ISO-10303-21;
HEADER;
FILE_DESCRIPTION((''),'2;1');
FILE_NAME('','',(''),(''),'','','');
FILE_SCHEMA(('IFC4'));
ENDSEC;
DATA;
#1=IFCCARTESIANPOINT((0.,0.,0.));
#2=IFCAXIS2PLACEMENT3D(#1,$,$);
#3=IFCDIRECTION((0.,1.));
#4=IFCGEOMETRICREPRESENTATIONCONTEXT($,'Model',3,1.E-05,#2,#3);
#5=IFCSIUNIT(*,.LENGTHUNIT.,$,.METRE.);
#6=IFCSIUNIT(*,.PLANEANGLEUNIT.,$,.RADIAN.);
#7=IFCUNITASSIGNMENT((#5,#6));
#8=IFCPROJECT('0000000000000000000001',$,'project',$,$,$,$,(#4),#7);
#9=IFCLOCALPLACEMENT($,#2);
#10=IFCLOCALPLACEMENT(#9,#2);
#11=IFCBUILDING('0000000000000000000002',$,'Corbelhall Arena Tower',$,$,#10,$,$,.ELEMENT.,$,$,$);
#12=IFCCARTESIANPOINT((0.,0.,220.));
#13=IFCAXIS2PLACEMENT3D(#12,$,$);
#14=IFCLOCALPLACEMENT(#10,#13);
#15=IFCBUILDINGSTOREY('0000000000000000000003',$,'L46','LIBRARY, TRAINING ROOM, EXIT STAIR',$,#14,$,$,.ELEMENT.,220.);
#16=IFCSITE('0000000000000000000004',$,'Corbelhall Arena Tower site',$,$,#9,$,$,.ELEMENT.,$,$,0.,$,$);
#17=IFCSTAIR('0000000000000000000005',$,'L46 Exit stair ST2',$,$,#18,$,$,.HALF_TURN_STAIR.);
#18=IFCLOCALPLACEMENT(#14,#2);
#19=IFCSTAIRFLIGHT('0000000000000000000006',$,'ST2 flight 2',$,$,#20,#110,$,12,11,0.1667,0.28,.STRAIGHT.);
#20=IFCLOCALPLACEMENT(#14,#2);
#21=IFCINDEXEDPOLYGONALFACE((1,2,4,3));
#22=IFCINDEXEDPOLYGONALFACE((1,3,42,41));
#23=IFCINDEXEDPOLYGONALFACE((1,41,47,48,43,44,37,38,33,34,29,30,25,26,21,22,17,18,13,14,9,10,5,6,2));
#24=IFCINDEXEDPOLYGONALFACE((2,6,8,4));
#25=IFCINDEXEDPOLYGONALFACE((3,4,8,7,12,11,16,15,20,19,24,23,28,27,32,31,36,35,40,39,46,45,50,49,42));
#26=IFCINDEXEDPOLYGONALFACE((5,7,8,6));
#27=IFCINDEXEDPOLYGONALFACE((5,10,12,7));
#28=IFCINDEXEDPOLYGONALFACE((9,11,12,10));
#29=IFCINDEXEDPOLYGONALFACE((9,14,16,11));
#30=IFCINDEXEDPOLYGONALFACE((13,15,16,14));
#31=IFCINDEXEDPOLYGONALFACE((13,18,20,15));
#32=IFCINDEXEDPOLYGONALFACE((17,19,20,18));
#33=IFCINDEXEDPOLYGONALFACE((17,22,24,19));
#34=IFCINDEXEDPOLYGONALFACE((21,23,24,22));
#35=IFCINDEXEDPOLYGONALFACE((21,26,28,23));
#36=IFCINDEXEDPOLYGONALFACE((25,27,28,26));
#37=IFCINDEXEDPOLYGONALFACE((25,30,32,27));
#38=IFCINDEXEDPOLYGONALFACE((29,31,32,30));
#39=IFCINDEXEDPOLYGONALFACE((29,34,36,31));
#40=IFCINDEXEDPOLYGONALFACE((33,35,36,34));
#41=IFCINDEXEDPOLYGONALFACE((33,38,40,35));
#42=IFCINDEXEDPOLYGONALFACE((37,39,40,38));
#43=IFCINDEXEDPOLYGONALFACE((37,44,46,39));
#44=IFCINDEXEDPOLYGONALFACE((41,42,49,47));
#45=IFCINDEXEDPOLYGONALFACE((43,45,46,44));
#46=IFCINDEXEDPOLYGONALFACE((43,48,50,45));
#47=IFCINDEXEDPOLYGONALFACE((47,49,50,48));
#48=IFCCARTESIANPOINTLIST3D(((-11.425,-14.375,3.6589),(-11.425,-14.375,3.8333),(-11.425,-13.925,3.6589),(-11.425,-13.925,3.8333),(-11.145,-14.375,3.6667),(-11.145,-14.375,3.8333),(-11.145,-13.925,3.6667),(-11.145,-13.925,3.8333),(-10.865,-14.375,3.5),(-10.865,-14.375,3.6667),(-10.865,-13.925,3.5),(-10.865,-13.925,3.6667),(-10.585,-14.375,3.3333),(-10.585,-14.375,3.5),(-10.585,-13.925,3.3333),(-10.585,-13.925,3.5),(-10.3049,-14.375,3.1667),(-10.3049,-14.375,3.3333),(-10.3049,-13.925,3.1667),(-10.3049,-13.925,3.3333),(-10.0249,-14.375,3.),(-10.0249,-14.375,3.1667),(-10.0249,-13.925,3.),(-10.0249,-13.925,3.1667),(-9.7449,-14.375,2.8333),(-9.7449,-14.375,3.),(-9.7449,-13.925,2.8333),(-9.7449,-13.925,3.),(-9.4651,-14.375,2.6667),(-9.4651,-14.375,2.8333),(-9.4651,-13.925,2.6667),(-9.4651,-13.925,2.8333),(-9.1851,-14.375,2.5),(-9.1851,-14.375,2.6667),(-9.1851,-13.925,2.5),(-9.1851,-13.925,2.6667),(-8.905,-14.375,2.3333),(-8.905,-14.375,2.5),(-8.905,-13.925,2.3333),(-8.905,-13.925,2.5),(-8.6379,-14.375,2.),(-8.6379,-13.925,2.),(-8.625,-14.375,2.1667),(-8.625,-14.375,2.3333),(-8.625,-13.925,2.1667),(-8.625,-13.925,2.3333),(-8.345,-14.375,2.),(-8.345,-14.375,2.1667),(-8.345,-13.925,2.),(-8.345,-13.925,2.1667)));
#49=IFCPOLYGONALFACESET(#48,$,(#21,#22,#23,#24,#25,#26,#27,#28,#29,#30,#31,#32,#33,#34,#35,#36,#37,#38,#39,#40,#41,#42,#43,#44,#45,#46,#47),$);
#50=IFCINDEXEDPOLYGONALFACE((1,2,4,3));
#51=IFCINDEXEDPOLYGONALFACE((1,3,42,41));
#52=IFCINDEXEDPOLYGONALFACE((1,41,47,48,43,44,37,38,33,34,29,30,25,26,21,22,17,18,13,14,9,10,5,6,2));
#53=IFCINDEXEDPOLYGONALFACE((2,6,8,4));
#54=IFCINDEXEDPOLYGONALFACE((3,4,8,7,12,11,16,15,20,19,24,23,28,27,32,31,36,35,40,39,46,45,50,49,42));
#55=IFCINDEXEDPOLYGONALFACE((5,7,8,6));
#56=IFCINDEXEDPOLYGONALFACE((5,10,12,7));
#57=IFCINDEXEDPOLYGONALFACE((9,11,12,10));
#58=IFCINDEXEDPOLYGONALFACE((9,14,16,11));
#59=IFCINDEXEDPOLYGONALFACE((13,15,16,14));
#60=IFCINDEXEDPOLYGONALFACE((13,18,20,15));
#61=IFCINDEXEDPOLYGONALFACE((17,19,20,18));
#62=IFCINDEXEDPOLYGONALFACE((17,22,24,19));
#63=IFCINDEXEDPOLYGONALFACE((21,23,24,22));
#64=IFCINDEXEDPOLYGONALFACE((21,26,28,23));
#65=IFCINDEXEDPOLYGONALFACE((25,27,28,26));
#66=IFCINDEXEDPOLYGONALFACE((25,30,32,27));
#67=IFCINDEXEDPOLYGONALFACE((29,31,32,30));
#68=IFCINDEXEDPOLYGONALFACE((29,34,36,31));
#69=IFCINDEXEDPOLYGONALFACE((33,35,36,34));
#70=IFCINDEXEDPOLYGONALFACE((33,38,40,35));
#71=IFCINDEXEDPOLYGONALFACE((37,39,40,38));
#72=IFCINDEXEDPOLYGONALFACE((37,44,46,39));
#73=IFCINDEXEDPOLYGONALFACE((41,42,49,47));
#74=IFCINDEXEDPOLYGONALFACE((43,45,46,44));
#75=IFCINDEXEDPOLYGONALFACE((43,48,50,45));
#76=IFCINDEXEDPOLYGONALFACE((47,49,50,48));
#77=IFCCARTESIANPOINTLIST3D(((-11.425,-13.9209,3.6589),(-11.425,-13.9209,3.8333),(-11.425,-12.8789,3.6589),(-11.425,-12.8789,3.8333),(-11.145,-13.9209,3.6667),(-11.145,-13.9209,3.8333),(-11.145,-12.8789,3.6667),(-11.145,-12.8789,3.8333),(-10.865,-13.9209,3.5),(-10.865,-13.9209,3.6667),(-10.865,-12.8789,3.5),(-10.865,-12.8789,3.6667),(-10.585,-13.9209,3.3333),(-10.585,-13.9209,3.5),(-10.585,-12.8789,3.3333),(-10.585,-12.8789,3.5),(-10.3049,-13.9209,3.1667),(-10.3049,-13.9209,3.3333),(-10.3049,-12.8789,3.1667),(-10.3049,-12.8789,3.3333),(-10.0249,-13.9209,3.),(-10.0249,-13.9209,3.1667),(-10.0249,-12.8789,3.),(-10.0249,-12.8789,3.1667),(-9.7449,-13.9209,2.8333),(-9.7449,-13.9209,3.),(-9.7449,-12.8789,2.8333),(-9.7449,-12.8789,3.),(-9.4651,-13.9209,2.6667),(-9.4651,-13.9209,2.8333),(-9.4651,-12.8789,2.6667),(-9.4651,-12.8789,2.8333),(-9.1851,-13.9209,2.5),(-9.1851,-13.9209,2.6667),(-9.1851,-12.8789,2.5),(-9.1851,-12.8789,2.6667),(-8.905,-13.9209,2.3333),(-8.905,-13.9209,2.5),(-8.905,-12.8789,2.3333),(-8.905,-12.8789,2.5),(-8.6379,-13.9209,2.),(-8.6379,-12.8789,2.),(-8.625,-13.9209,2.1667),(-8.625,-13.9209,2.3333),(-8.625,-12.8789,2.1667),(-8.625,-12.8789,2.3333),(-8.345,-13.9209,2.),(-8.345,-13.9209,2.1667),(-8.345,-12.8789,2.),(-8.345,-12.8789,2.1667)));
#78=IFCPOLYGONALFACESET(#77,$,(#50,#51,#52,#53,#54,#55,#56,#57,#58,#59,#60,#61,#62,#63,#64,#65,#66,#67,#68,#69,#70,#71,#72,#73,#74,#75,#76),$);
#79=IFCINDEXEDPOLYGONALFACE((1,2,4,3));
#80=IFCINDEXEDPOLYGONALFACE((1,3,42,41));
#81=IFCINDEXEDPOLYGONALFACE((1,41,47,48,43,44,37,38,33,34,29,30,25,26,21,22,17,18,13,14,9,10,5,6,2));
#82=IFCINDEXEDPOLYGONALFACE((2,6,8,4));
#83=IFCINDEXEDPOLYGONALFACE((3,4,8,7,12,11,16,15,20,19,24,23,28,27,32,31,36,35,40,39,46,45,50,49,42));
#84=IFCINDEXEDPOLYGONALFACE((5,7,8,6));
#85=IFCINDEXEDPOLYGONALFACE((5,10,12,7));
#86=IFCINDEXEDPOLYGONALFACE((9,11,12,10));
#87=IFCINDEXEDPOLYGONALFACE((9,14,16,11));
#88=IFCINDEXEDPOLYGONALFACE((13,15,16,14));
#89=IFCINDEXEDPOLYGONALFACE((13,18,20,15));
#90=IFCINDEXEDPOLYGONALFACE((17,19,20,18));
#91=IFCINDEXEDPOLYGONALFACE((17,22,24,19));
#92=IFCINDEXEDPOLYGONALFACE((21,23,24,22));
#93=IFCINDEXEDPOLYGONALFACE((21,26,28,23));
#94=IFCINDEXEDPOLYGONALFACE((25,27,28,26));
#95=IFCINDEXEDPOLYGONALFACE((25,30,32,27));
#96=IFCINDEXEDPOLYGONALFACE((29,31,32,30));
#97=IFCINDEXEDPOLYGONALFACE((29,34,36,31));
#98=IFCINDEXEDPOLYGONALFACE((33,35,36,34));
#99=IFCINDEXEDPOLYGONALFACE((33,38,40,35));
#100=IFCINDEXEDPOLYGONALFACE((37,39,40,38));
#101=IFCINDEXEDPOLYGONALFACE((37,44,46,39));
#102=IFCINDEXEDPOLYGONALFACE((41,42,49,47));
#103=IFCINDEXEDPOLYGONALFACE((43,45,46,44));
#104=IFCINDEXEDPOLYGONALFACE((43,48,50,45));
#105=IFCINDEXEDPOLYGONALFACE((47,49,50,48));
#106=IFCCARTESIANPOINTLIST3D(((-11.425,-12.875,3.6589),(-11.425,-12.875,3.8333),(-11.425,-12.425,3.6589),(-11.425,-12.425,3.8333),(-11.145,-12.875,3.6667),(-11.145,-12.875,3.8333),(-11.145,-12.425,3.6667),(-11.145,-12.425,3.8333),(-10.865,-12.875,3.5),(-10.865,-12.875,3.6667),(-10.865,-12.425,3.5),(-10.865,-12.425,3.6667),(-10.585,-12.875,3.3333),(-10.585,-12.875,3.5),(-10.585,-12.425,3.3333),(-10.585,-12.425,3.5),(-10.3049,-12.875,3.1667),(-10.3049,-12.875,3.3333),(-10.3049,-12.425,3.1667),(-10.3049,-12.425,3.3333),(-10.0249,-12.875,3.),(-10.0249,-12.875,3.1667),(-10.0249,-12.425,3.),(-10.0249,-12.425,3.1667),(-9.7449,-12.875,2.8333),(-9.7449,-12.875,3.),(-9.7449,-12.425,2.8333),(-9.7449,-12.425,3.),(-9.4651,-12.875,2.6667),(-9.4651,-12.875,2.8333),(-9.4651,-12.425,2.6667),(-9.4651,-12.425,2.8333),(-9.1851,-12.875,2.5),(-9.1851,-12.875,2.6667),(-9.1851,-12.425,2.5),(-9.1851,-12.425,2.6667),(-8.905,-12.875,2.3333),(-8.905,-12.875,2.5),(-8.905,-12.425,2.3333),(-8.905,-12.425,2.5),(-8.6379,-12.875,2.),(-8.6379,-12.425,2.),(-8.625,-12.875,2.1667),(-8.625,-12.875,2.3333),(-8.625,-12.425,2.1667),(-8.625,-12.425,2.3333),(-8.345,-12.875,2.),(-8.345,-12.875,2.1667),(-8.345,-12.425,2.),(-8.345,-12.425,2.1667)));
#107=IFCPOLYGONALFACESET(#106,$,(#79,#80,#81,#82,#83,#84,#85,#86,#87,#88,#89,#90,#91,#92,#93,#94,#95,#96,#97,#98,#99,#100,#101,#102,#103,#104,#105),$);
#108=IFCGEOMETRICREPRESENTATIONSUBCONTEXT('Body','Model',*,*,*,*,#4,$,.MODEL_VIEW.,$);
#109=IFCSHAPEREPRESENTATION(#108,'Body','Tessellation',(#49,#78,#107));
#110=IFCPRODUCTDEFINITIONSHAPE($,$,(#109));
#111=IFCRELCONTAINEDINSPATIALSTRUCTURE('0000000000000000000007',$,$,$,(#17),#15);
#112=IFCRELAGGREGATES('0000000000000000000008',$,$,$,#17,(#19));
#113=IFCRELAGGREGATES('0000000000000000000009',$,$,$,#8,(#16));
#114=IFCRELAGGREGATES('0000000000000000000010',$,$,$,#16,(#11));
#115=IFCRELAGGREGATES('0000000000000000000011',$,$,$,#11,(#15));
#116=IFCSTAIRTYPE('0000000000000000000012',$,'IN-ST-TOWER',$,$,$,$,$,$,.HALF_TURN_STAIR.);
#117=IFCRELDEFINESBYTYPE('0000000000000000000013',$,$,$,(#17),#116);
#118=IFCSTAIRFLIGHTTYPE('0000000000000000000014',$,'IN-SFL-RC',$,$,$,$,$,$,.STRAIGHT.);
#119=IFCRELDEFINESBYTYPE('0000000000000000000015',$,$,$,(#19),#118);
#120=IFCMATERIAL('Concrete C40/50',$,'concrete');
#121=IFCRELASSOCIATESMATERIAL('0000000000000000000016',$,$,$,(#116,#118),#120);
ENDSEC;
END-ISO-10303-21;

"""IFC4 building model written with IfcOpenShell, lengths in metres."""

from ifc_helpers import new_model, si_unit, direction, frame, origin, place, context, subcontext, project, spatial, polyline, outline, extrude, material, type_object, element, aggregate, save


model = new_model("IFC4")

# Units and contexts
model_context = context("Model", 3, precision=1e-05, world=origin(), true_north=direction((0.0, 1.0)))
body_context = subcontext(model_context, "Body", "Model", "MODEL_VIEW")
ifc_project = project(units=[si_unit("LENGTHUNIT", "METRE"), si_unit("PLANEANGLEUNIT", "RADIAN")], contexts=[model_context])

# Site, building, storey
site_placement = place(None, origin())
site = spatial("IfcSite", under=ifc_project, at=site_placement, Name="Corbelhall Arena Tower site", CompositionType="ELEMENT", RefElevation=0.0)
building_placement = place(site_placement, origin())
building = spatial("IfcBuilding", under=site, at=building_placement, Name="Corbelhall Arena Tower", CompositionType="ELEMENT")
storey_placement = place(building_placement, frame((0.0, 0.0, 220.0)))
storey = spatial("IfcBuildingStorey", under=building, at=storey_placement, Name="L46", Description="LIBRARY, TRAINING ROOM, EXIT STAIR", CompositionType="ELEMENT", Elevation=220.0)

# Shared definitions
ifc_material_1 = material(Name="Concrete C40/50", Category="concrete")

# Stair, stair flight
stair_type = type_object("IfcStairType", Name="IN-ST-TOWER", PredefinedType="HALF_TURN_STAIR", material=ifc_material_1)
stair_placement = place(storey_placement, origin())
stair = element("IfcStair", 1, at=stair_placement, inside=storey, type_object=stair_type, Name="L46 Exit stair ST2", PredefinedType="HALF_TURN_STAIR")
stair_flight_type = type_object("IfcStairFlightType", Name="IN-SFL-RC", PredefinedType="STRAIGHT", material=ifc_material_1)
stair_flight_1_placement = place(storey_placement, frame((-8.345, -13.3999, 2.0), z_axis=(0.0, 0.0, 1.0), x_axis=(-1.0, 0.0, 0.0)))
stair_flight_1 = element("IfcStairFlight", 2, at=stair_flight_1_placement, type_object=stair_flight_type, Name="ST2 flight 2", NumberOfRisers=12, NumberOfTreads=11, PredefinedType="STRAIGHT", RiserHeight=0.1667, TreadLength=0.28, context=body_context, shape_type="SweptSolid", body=[
    extrude(outline(polyline([(0.0, 0.0), (0.0, 0.1667), (0.28, 0.1667), (0.28, 0.3333), (0.5601, 0.3333), (0.5601, 0.5), (0.8401, 0.5), (0.8401, 0.6667), (1.1201, 0.6667), (1.1201, 0.8333), (1.3999, 0.8333), (1.3999, 1.0), (1.6799, 1.0), (1.6799, 1.1667), (1.96, 1.1667), (1.96, 1.3333), (2.24, 1.3333), (2.24, 1.5), (2.52, 1.5), (2.52, 1.6667), (2.8, 1.6667), (2.8, 1.8333), (3.0801, 1.8333), (3.0801, 2.0), (3.0801, 1.6589), (0.293, 0.0), (0.0, 0.0)])), frame((0.0, 0.9751, 0.0), z_axis=(0.0, -1.0, 0.0), x_axis=(1.0, 0.0, 0.0)), (0.0, 0.0, 1.0), 0.45),
    extrude(outline(polyline([(0.0, 0.0), (0.0, 0.1667), (0.28, 0.1667), (0.28, 0.3333), (0.5601, 0.3333), (0.5601, 0.5), (0.8401, 0.5), (0.8401, 0.6667), (1.1201, 0.6667), (1.1201, 0.8333), (1.3999, 0.8333), (1.3999, 1.0), (1.6799, 1.0), (1.6799, 1.1667), (1.96, 1.1667), (1.96, 1.3333), (2.24, 1.3333), (2.24, 1.5), (2.52, 1.5), (2.52, 1.6667), (2.8, 1.6667), (2.8, 1.8333), (3.0801, 1.8333), (3.0801, 2.0), (3.0801, 1.6589), (0.293, 0.0), (0.0, 0.0)])), frame((0.0, 0.521, 0.0), z_axis=(0.0, -1.0, 0.0), x_axis=(1.0, 0.0, 0.0)), (0.0, 0.0, 1.0), 1.042),
    extrude(outline(polyline([(0.0, 0.0), (0.0, 0.1667), (0.28, 0.1667), (0.28, 0.3333), (0.5601, 0.3333), (0.5601, 0.5), (0.8401, 0.5), (0.8401, 0.6667), (1.1201, 0.6667), (1.1201, 0.8333), (1.3999, 0.8333), (1.3999, 1.0), (1.6799, 1.0), (1.6799, 1.1667), (1.96, 1.1667), (1.96, 1.3333), (2.24, 1.3333), (2.24, 1.5), (2.52, 1.5), (2.52, 1.6667), (2.8, 1.6667), (2.8, 1.8333), (3.0801, 1.8333), (3.0801, 2.0), (3.0801, 1.6589), (0.293, 0.0), (0.0, 0.0)])), frame((0.0, -0.5249, 0.0), z_axis=(0.0, -1.0, 0.0), x_axis=(1.0, 0.0, 0.0)), (0.0, 0.0, 1.0), 0.45),
])
aggregate(stair, [stair_flight_1])

save(model, "model.ifc")
